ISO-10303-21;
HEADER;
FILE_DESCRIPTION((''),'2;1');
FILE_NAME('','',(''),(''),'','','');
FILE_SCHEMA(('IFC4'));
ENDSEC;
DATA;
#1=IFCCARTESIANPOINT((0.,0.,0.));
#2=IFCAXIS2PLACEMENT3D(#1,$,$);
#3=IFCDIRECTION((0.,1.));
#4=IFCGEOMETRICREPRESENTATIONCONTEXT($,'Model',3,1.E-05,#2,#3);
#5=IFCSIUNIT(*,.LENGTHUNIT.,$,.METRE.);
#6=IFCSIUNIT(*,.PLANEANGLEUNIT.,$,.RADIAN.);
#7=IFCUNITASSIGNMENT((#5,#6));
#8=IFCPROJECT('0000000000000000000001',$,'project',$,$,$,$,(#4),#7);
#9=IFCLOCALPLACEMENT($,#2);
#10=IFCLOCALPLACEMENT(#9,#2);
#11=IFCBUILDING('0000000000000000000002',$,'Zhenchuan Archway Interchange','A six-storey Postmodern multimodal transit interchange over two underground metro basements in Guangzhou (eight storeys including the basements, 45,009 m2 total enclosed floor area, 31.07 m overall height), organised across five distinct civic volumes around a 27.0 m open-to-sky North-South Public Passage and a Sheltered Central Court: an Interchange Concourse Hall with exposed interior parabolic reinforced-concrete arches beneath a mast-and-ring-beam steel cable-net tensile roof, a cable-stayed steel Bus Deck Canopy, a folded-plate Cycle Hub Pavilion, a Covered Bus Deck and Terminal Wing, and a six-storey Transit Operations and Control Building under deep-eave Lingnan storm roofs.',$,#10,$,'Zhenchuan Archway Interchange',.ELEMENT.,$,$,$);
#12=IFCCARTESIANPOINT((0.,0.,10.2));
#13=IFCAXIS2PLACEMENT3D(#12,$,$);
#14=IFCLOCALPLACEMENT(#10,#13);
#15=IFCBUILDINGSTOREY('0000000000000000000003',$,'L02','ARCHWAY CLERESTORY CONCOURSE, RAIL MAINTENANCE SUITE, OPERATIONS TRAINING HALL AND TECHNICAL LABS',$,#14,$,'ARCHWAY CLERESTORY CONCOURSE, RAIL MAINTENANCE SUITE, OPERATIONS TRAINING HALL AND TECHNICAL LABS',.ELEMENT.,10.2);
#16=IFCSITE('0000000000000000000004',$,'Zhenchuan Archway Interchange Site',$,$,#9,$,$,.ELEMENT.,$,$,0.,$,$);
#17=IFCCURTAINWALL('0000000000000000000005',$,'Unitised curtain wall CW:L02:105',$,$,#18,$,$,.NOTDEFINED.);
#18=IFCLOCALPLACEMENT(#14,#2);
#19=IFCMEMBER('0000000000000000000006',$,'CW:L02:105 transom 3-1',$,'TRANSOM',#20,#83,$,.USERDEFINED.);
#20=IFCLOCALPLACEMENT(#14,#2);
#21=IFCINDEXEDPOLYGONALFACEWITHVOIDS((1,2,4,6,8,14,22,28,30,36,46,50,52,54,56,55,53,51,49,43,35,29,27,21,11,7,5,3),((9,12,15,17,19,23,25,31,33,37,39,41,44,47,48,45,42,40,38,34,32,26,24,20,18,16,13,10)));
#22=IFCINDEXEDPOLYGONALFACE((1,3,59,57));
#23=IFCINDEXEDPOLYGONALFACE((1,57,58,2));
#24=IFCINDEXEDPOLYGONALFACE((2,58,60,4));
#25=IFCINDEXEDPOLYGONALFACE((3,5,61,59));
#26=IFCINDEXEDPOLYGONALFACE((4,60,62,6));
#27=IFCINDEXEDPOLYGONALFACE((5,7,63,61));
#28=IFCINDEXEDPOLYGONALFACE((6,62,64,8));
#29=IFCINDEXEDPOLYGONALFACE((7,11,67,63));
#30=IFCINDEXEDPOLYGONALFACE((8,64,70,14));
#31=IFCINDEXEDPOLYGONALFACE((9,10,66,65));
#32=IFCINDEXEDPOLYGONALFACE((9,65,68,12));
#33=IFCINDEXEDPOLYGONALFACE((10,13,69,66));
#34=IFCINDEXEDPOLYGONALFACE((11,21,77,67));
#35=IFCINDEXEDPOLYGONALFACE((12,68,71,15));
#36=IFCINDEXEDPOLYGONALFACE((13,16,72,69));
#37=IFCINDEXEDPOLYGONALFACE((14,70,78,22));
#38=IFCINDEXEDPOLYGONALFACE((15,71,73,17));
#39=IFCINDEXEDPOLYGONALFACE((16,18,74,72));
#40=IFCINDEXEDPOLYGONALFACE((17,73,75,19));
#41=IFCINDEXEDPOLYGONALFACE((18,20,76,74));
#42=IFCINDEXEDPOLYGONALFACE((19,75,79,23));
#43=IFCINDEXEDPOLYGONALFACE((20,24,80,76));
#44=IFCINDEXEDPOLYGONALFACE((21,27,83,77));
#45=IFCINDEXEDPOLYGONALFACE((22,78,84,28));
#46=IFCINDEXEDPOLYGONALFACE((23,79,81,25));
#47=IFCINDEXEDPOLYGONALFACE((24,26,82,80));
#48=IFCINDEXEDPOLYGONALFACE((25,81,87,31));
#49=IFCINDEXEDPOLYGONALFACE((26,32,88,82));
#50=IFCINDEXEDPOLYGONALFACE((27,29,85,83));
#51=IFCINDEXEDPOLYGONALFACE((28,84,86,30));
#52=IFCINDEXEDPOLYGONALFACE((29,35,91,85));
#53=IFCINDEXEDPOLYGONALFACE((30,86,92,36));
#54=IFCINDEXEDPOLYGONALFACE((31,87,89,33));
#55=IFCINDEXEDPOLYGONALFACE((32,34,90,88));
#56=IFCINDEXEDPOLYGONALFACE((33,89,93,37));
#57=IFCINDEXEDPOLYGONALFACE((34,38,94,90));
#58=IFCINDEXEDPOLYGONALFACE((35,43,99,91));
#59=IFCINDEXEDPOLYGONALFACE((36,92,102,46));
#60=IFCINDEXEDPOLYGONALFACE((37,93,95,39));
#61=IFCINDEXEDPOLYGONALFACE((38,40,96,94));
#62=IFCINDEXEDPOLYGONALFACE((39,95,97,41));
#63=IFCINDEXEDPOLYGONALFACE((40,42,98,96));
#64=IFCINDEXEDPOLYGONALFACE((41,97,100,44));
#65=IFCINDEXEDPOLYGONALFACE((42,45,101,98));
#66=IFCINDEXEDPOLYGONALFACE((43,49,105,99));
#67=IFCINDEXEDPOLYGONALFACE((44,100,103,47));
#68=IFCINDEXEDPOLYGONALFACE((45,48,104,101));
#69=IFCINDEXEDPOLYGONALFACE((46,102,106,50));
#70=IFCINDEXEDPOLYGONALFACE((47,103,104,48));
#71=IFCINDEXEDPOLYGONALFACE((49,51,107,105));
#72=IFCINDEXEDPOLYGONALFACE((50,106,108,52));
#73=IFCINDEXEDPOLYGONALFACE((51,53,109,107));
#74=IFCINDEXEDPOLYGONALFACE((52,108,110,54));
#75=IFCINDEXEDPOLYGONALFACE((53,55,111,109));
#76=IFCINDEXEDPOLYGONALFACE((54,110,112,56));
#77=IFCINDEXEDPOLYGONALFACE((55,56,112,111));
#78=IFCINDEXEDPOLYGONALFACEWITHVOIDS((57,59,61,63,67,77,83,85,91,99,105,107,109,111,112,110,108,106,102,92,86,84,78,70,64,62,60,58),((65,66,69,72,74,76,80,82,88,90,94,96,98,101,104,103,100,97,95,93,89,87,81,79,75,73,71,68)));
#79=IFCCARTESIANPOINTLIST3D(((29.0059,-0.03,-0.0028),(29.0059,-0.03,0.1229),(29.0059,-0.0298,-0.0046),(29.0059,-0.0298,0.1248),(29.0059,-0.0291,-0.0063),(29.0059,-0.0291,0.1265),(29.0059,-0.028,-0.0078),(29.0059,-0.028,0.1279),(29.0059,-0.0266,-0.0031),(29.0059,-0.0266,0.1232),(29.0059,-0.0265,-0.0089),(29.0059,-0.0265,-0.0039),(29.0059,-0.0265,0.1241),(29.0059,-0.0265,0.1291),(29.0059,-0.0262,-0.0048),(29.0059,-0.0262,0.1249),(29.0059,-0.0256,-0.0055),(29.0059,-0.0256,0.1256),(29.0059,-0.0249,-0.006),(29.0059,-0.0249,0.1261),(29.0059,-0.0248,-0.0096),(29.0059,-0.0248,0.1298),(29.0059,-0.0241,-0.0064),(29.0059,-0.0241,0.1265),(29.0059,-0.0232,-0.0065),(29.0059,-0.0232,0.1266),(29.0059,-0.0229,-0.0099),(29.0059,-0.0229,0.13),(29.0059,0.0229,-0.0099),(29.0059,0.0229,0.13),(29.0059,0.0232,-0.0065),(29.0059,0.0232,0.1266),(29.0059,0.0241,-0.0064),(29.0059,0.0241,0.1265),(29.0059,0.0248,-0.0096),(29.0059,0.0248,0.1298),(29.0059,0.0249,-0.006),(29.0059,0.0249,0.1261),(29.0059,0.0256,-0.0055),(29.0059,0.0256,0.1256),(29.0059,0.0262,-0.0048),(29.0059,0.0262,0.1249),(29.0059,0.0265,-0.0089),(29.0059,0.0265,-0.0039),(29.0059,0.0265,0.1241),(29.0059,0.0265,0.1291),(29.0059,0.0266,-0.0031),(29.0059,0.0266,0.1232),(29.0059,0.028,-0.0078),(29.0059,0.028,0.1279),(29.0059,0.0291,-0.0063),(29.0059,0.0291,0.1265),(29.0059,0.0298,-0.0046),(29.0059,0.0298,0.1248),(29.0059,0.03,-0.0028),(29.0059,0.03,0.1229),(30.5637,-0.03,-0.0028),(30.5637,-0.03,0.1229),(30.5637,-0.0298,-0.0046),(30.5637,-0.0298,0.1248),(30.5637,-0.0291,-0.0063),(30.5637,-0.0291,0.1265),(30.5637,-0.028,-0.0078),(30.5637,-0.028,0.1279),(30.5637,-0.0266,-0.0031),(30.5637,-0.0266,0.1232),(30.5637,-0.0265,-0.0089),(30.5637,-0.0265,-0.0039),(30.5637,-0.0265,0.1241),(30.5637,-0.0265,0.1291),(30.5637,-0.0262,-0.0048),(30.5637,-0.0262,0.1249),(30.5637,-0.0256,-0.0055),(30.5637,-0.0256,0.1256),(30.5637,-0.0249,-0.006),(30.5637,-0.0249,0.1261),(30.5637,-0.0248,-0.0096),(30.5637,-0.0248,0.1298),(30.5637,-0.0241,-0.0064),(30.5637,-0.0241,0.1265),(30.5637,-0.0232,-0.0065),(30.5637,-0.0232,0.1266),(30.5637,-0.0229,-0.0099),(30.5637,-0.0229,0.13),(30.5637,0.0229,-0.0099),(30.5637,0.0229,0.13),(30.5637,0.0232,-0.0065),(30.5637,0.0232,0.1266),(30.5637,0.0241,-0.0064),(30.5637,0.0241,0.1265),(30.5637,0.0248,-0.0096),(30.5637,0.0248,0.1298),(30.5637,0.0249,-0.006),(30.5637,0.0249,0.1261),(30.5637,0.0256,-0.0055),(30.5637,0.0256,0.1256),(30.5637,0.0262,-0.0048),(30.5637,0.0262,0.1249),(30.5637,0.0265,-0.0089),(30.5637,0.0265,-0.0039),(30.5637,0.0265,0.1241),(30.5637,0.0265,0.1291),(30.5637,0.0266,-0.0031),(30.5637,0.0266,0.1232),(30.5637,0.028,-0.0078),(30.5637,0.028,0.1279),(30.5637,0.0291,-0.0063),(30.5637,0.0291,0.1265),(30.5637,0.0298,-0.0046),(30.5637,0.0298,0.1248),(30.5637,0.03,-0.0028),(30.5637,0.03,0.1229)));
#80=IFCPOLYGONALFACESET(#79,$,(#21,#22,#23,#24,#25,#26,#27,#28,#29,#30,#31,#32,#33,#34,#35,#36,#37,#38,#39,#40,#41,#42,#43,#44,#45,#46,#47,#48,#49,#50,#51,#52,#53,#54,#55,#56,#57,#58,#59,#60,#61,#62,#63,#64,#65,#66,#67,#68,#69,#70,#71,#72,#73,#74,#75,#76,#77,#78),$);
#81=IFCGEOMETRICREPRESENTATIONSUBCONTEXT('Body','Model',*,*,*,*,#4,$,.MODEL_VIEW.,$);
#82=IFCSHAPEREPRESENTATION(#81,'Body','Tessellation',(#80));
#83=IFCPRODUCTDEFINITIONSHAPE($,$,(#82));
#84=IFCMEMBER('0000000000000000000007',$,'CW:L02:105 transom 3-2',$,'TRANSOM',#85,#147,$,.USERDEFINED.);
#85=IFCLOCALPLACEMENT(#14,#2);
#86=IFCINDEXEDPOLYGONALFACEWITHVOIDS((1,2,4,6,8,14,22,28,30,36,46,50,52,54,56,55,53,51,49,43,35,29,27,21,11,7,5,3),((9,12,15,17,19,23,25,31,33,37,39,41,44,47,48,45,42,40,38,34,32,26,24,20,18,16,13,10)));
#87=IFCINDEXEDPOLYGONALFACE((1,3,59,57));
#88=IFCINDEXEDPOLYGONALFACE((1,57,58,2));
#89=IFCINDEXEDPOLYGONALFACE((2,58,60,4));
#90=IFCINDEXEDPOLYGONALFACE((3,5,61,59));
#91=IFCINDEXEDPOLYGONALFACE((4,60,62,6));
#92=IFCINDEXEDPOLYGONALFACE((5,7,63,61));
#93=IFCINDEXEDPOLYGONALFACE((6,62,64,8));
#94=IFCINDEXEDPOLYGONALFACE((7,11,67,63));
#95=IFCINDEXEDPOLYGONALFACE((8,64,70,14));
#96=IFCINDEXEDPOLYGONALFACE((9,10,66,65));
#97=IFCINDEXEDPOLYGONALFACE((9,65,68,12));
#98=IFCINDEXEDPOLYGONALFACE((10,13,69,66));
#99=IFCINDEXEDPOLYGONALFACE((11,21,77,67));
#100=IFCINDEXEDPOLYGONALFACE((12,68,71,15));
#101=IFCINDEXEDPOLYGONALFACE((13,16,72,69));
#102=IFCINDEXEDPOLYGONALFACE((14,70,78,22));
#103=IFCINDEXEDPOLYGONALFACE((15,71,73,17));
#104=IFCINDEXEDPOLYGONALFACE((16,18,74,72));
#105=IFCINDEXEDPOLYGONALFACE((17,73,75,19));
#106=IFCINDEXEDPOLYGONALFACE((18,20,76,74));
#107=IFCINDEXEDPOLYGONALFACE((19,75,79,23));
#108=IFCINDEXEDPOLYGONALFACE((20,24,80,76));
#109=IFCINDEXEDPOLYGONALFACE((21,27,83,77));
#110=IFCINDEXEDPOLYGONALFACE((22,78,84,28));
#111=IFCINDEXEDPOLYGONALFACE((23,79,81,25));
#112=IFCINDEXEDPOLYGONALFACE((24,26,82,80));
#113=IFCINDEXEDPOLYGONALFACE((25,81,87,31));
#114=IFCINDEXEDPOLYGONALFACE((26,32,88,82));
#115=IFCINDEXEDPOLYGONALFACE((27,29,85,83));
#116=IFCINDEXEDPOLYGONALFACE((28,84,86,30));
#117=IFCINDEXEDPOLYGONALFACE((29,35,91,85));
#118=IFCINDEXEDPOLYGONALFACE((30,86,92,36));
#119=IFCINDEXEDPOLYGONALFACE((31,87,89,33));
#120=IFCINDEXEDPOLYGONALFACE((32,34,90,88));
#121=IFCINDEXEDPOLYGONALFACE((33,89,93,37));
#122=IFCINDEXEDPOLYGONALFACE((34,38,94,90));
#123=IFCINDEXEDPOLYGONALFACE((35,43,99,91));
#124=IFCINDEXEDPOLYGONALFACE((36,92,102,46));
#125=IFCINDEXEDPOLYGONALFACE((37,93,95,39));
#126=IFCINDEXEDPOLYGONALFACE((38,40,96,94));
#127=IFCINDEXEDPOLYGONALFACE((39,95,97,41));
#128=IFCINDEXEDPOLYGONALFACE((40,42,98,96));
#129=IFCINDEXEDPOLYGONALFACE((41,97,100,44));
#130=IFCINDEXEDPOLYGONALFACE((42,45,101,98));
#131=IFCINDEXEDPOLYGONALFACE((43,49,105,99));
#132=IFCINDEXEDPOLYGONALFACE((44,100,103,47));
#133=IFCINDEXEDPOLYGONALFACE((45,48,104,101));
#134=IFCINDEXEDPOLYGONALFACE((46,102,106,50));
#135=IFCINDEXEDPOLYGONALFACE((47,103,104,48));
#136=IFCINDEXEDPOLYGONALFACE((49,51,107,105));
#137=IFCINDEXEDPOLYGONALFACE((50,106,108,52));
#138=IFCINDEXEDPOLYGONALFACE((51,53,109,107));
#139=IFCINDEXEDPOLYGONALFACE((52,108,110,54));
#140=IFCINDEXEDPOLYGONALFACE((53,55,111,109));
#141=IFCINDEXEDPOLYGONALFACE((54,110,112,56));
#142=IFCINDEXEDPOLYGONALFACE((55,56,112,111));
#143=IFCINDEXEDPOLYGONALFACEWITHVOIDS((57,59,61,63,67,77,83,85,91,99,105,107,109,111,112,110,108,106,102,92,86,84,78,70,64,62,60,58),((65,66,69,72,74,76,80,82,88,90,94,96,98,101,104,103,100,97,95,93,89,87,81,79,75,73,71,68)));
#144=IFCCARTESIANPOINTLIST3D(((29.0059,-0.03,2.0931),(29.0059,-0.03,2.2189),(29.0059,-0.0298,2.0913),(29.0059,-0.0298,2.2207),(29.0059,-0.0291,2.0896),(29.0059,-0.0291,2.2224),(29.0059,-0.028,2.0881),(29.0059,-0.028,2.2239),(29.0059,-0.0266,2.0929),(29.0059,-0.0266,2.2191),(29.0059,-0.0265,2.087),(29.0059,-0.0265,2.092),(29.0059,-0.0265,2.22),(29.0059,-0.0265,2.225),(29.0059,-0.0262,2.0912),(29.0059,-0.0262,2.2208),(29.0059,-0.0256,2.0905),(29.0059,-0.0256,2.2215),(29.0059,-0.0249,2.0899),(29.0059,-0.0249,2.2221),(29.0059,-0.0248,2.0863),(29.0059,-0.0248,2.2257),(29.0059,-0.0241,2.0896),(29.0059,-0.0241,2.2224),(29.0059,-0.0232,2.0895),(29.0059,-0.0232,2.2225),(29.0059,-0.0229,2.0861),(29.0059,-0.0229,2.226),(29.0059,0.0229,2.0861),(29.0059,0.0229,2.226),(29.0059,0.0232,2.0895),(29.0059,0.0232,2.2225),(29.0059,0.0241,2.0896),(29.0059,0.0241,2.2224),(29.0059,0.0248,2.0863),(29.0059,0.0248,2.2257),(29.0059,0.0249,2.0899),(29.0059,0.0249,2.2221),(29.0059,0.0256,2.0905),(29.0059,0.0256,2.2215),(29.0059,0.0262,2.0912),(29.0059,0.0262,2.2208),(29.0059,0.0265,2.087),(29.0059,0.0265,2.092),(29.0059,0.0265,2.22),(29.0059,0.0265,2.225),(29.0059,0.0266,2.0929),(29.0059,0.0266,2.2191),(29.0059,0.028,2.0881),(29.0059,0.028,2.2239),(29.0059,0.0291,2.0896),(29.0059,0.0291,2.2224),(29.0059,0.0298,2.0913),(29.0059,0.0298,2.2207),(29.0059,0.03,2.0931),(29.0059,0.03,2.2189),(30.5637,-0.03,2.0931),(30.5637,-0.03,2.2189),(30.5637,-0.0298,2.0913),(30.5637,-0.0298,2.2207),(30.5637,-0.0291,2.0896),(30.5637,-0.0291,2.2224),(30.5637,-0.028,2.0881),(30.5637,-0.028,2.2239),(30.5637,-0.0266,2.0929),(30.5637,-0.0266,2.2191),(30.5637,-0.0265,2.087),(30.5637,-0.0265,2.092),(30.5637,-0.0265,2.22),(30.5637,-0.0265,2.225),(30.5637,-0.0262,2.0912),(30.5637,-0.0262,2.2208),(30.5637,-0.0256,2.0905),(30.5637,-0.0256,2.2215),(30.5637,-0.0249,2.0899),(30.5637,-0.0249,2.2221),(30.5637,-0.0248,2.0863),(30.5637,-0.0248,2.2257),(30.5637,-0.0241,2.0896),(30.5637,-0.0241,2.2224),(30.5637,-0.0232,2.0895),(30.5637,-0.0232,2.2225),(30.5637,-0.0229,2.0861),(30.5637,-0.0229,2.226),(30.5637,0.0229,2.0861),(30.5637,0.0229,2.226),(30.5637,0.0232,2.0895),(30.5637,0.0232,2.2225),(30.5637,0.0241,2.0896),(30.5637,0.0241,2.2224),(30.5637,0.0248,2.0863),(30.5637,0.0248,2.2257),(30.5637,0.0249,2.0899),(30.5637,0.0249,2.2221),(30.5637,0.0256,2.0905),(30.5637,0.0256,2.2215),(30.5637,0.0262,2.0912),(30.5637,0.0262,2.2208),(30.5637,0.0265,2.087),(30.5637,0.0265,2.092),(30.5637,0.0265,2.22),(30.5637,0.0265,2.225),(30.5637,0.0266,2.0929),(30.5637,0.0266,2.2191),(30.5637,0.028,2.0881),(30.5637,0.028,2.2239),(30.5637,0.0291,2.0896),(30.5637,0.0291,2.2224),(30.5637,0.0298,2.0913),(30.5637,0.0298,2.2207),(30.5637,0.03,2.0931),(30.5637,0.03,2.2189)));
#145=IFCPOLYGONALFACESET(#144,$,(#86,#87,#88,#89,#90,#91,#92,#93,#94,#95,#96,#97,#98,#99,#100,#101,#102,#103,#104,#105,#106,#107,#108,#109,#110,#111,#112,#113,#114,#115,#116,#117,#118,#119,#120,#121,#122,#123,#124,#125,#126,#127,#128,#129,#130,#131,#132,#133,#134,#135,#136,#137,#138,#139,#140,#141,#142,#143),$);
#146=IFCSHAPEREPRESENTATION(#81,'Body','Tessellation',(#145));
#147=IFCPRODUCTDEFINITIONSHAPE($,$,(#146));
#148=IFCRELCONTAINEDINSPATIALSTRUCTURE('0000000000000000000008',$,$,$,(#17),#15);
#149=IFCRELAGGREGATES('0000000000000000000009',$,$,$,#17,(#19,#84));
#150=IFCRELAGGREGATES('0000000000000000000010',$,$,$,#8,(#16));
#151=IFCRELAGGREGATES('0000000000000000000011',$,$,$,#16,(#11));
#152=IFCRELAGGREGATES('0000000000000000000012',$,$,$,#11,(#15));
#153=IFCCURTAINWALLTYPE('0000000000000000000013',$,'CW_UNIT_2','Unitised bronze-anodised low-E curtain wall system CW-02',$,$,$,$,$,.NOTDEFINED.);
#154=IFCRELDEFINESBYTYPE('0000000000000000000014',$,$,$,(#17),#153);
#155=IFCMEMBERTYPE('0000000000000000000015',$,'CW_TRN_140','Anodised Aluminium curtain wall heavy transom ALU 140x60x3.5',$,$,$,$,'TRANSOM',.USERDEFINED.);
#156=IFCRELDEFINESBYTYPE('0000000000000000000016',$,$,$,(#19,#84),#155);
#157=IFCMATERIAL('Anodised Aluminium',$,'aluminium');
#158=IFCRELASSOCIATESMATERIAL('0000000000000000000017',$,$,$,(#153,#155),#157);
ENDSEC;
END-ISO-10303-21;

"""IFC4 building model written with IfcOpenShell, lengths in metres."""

from ifc_helpers import new_model, si_unit, direction, frame, origin, origin_2d, place, context, subcontext, project, spatial, hollow_rectangle, extrude, material, material_profile, profile_set, type_object, element, aggregate, save


model = new_model("IFC4")

# Units and contexts
model_context = context("Model", 3, precision=1e-05, world=origin(), true_north=direction((0.0, 1.0)))
body_context = subcontext(model_context, "Body", "Model", "MODEL_VIEW")
ifc_project = project(units=[si_unit("LENGTHUNIT", "METRE"), si_unit("PLANEANGLEUNIT", "RADIAN")], contexts=[model_context])

# Site, building, storey
site_placement = place(None, origin())
site = spatial("IfcSite", under=ifc_project, at=site_placement, Name="Zhenchuan Archway Interchange Site", CompositionType="ELEMENT", RefElevation=0.0)
building_placement = place(site_placement, origin())
building = spatial("IfcBuilding", under=site, at=building_placement, Name="Zhenchuan Archway Interchange", Description="A six-storey Postmodern multimodal transit interchange over two underground metro basements in Guangzhou (eight storeys including the basements, 45,009 m2 total enclosed floor area, 31.07 m overall height), organised across five distinct civic volumes around a 27.0 m open-to-sky North-South Public Passage and a Sheltered Central Court: an Interchange Concourse Hall with exposed interior parabolic reinforced-concrete arches beneath a mast-and-ring-beam steel cable-net tensile roof, a cable-stayed steel Bus Deck Canopy, a folded-plate Cycle Hub Pavilion, a Covered Bus Deck and Terminal Wing, and a six-storey Transit Operations and Control Building under deep-eave Lingnan storm roofs.", LongName="Zhenchuan Archway Interchange", CompositionType="ELEMENT")
storey_placement = place(building_placement, frame((0.0, 0.0, 10.2)))
storey = spatial("IfcBuildingStorey", under=building, at=storey_placement, Name="L02", Description="ARCHWAY CLERESTORY CONCOURSE, RAIL MAINTENANCE SUITE, OPERATIONS TRAINING HALL AND TECHNICAL LABS", LongName="ARCHWAY CLERESTORY CONCOURSE, RAIL MAINTENANCE SUITE, OPERATIONS TRAINING HALL AND TECHNICAL LABS", CompositionType="ELEMENT", Elevation=10.2)

# Curtain wall
ifc_material_1 = material(Name="Anodised Aluminium", Category="aluminium")
curtain_wall_type_1 = type_object("IfcCurtainWallType", Name="CW_UNIT_2", Description="Unitised bronze-anodised low-E curtain wall system CW-02", PredefinedType="NOTDEFINED", material=ifc_material_1)
curtain_wall_1_placement = place(storey_placement, origin())
curtain_wall_1 = element("IfcCurtainWall", 1, at=curtain_wall_1_placement, inside=storey, type_object=curtain_wall_type_1, Name="Unitised curtain wall CW:L02:105", PredefinedType="NOTDEFINED")

# Members
ifc_material_profile_1 = material_profile(ifc_material_1, hollow_rectangle(XDim=0.0601, YDim=0.1399, WallThickness=0.0034, InnerFilletRadius=0.0034, OuterFilletRadius=0.0071, at=origin_2d()), Name="ALU 140x60x3.5")
ifc_profile_set_1 = profile_set([ifc_material_profile_1], Name="Anodised Aluminium")
member_type_1 = type_object("IfcMemberType", Name="CW_TRN_140", Description="Anodised Aluminium curtain wall heavy transom ALU 140x60x3.5", ElementType="TRANSOM", PredefinedType="USERDEFINED", material=ifc_profile_set_1)
member_1_placement = place(storey_placement, frame((30.5637, 0.0, 0.0601), z_axis=(-1.0, 0.0, 0.0), x_axis=(0.0, -1.0, 0.0)))
member_1 = element("IfcMember", 2, at=member_1_placement, type_object=member_type_1, Name="CW:L02:105 transom 3-1", ObjectType="TRANSOM", PredefinedType="USERDEFINED", context=body_context, shape_type="SweptSolid", body=[
    extrude(hollow_rectangle(XDim=0.0601, YDim=0.1399, WallThickness=0.0034, InnerFilletRadius=0.0034, OuterFilletRadius=0.0071, at=origin_2d()), origin(), (0.0, 0.0, 1.0), 1.5579),
])
member_2_placement = place(storey_placement, frame((30.5637, 0.0, 2.156), z_axis=(-1.0, 0.0, 0.0), x_axis=(0.0, -1.0, 0.0)))
member_2 = element("IfcMember", 3, at=member_2_placement, type_object=member_type_1, Name="CW:L02:105 transom 3-2", ObjectType="TRANSOM", PredefinedType="USERDEFINED", context=body_context, shape_type="SweptSolid", body=[
    extrude(hollow_rectangle(XDim=0.0601, YDim=0.1399, WallThickness=0.0034, InnerFilletRadius=0.0034, OuterFilletRadius=0.0071, at=origin_2d()), origin(), (0.0, 0.0, 1.0), 1.5579),
])

aggregate(curtain_wall_1, [member_1, member_2])

save(model, "model.ifc")
